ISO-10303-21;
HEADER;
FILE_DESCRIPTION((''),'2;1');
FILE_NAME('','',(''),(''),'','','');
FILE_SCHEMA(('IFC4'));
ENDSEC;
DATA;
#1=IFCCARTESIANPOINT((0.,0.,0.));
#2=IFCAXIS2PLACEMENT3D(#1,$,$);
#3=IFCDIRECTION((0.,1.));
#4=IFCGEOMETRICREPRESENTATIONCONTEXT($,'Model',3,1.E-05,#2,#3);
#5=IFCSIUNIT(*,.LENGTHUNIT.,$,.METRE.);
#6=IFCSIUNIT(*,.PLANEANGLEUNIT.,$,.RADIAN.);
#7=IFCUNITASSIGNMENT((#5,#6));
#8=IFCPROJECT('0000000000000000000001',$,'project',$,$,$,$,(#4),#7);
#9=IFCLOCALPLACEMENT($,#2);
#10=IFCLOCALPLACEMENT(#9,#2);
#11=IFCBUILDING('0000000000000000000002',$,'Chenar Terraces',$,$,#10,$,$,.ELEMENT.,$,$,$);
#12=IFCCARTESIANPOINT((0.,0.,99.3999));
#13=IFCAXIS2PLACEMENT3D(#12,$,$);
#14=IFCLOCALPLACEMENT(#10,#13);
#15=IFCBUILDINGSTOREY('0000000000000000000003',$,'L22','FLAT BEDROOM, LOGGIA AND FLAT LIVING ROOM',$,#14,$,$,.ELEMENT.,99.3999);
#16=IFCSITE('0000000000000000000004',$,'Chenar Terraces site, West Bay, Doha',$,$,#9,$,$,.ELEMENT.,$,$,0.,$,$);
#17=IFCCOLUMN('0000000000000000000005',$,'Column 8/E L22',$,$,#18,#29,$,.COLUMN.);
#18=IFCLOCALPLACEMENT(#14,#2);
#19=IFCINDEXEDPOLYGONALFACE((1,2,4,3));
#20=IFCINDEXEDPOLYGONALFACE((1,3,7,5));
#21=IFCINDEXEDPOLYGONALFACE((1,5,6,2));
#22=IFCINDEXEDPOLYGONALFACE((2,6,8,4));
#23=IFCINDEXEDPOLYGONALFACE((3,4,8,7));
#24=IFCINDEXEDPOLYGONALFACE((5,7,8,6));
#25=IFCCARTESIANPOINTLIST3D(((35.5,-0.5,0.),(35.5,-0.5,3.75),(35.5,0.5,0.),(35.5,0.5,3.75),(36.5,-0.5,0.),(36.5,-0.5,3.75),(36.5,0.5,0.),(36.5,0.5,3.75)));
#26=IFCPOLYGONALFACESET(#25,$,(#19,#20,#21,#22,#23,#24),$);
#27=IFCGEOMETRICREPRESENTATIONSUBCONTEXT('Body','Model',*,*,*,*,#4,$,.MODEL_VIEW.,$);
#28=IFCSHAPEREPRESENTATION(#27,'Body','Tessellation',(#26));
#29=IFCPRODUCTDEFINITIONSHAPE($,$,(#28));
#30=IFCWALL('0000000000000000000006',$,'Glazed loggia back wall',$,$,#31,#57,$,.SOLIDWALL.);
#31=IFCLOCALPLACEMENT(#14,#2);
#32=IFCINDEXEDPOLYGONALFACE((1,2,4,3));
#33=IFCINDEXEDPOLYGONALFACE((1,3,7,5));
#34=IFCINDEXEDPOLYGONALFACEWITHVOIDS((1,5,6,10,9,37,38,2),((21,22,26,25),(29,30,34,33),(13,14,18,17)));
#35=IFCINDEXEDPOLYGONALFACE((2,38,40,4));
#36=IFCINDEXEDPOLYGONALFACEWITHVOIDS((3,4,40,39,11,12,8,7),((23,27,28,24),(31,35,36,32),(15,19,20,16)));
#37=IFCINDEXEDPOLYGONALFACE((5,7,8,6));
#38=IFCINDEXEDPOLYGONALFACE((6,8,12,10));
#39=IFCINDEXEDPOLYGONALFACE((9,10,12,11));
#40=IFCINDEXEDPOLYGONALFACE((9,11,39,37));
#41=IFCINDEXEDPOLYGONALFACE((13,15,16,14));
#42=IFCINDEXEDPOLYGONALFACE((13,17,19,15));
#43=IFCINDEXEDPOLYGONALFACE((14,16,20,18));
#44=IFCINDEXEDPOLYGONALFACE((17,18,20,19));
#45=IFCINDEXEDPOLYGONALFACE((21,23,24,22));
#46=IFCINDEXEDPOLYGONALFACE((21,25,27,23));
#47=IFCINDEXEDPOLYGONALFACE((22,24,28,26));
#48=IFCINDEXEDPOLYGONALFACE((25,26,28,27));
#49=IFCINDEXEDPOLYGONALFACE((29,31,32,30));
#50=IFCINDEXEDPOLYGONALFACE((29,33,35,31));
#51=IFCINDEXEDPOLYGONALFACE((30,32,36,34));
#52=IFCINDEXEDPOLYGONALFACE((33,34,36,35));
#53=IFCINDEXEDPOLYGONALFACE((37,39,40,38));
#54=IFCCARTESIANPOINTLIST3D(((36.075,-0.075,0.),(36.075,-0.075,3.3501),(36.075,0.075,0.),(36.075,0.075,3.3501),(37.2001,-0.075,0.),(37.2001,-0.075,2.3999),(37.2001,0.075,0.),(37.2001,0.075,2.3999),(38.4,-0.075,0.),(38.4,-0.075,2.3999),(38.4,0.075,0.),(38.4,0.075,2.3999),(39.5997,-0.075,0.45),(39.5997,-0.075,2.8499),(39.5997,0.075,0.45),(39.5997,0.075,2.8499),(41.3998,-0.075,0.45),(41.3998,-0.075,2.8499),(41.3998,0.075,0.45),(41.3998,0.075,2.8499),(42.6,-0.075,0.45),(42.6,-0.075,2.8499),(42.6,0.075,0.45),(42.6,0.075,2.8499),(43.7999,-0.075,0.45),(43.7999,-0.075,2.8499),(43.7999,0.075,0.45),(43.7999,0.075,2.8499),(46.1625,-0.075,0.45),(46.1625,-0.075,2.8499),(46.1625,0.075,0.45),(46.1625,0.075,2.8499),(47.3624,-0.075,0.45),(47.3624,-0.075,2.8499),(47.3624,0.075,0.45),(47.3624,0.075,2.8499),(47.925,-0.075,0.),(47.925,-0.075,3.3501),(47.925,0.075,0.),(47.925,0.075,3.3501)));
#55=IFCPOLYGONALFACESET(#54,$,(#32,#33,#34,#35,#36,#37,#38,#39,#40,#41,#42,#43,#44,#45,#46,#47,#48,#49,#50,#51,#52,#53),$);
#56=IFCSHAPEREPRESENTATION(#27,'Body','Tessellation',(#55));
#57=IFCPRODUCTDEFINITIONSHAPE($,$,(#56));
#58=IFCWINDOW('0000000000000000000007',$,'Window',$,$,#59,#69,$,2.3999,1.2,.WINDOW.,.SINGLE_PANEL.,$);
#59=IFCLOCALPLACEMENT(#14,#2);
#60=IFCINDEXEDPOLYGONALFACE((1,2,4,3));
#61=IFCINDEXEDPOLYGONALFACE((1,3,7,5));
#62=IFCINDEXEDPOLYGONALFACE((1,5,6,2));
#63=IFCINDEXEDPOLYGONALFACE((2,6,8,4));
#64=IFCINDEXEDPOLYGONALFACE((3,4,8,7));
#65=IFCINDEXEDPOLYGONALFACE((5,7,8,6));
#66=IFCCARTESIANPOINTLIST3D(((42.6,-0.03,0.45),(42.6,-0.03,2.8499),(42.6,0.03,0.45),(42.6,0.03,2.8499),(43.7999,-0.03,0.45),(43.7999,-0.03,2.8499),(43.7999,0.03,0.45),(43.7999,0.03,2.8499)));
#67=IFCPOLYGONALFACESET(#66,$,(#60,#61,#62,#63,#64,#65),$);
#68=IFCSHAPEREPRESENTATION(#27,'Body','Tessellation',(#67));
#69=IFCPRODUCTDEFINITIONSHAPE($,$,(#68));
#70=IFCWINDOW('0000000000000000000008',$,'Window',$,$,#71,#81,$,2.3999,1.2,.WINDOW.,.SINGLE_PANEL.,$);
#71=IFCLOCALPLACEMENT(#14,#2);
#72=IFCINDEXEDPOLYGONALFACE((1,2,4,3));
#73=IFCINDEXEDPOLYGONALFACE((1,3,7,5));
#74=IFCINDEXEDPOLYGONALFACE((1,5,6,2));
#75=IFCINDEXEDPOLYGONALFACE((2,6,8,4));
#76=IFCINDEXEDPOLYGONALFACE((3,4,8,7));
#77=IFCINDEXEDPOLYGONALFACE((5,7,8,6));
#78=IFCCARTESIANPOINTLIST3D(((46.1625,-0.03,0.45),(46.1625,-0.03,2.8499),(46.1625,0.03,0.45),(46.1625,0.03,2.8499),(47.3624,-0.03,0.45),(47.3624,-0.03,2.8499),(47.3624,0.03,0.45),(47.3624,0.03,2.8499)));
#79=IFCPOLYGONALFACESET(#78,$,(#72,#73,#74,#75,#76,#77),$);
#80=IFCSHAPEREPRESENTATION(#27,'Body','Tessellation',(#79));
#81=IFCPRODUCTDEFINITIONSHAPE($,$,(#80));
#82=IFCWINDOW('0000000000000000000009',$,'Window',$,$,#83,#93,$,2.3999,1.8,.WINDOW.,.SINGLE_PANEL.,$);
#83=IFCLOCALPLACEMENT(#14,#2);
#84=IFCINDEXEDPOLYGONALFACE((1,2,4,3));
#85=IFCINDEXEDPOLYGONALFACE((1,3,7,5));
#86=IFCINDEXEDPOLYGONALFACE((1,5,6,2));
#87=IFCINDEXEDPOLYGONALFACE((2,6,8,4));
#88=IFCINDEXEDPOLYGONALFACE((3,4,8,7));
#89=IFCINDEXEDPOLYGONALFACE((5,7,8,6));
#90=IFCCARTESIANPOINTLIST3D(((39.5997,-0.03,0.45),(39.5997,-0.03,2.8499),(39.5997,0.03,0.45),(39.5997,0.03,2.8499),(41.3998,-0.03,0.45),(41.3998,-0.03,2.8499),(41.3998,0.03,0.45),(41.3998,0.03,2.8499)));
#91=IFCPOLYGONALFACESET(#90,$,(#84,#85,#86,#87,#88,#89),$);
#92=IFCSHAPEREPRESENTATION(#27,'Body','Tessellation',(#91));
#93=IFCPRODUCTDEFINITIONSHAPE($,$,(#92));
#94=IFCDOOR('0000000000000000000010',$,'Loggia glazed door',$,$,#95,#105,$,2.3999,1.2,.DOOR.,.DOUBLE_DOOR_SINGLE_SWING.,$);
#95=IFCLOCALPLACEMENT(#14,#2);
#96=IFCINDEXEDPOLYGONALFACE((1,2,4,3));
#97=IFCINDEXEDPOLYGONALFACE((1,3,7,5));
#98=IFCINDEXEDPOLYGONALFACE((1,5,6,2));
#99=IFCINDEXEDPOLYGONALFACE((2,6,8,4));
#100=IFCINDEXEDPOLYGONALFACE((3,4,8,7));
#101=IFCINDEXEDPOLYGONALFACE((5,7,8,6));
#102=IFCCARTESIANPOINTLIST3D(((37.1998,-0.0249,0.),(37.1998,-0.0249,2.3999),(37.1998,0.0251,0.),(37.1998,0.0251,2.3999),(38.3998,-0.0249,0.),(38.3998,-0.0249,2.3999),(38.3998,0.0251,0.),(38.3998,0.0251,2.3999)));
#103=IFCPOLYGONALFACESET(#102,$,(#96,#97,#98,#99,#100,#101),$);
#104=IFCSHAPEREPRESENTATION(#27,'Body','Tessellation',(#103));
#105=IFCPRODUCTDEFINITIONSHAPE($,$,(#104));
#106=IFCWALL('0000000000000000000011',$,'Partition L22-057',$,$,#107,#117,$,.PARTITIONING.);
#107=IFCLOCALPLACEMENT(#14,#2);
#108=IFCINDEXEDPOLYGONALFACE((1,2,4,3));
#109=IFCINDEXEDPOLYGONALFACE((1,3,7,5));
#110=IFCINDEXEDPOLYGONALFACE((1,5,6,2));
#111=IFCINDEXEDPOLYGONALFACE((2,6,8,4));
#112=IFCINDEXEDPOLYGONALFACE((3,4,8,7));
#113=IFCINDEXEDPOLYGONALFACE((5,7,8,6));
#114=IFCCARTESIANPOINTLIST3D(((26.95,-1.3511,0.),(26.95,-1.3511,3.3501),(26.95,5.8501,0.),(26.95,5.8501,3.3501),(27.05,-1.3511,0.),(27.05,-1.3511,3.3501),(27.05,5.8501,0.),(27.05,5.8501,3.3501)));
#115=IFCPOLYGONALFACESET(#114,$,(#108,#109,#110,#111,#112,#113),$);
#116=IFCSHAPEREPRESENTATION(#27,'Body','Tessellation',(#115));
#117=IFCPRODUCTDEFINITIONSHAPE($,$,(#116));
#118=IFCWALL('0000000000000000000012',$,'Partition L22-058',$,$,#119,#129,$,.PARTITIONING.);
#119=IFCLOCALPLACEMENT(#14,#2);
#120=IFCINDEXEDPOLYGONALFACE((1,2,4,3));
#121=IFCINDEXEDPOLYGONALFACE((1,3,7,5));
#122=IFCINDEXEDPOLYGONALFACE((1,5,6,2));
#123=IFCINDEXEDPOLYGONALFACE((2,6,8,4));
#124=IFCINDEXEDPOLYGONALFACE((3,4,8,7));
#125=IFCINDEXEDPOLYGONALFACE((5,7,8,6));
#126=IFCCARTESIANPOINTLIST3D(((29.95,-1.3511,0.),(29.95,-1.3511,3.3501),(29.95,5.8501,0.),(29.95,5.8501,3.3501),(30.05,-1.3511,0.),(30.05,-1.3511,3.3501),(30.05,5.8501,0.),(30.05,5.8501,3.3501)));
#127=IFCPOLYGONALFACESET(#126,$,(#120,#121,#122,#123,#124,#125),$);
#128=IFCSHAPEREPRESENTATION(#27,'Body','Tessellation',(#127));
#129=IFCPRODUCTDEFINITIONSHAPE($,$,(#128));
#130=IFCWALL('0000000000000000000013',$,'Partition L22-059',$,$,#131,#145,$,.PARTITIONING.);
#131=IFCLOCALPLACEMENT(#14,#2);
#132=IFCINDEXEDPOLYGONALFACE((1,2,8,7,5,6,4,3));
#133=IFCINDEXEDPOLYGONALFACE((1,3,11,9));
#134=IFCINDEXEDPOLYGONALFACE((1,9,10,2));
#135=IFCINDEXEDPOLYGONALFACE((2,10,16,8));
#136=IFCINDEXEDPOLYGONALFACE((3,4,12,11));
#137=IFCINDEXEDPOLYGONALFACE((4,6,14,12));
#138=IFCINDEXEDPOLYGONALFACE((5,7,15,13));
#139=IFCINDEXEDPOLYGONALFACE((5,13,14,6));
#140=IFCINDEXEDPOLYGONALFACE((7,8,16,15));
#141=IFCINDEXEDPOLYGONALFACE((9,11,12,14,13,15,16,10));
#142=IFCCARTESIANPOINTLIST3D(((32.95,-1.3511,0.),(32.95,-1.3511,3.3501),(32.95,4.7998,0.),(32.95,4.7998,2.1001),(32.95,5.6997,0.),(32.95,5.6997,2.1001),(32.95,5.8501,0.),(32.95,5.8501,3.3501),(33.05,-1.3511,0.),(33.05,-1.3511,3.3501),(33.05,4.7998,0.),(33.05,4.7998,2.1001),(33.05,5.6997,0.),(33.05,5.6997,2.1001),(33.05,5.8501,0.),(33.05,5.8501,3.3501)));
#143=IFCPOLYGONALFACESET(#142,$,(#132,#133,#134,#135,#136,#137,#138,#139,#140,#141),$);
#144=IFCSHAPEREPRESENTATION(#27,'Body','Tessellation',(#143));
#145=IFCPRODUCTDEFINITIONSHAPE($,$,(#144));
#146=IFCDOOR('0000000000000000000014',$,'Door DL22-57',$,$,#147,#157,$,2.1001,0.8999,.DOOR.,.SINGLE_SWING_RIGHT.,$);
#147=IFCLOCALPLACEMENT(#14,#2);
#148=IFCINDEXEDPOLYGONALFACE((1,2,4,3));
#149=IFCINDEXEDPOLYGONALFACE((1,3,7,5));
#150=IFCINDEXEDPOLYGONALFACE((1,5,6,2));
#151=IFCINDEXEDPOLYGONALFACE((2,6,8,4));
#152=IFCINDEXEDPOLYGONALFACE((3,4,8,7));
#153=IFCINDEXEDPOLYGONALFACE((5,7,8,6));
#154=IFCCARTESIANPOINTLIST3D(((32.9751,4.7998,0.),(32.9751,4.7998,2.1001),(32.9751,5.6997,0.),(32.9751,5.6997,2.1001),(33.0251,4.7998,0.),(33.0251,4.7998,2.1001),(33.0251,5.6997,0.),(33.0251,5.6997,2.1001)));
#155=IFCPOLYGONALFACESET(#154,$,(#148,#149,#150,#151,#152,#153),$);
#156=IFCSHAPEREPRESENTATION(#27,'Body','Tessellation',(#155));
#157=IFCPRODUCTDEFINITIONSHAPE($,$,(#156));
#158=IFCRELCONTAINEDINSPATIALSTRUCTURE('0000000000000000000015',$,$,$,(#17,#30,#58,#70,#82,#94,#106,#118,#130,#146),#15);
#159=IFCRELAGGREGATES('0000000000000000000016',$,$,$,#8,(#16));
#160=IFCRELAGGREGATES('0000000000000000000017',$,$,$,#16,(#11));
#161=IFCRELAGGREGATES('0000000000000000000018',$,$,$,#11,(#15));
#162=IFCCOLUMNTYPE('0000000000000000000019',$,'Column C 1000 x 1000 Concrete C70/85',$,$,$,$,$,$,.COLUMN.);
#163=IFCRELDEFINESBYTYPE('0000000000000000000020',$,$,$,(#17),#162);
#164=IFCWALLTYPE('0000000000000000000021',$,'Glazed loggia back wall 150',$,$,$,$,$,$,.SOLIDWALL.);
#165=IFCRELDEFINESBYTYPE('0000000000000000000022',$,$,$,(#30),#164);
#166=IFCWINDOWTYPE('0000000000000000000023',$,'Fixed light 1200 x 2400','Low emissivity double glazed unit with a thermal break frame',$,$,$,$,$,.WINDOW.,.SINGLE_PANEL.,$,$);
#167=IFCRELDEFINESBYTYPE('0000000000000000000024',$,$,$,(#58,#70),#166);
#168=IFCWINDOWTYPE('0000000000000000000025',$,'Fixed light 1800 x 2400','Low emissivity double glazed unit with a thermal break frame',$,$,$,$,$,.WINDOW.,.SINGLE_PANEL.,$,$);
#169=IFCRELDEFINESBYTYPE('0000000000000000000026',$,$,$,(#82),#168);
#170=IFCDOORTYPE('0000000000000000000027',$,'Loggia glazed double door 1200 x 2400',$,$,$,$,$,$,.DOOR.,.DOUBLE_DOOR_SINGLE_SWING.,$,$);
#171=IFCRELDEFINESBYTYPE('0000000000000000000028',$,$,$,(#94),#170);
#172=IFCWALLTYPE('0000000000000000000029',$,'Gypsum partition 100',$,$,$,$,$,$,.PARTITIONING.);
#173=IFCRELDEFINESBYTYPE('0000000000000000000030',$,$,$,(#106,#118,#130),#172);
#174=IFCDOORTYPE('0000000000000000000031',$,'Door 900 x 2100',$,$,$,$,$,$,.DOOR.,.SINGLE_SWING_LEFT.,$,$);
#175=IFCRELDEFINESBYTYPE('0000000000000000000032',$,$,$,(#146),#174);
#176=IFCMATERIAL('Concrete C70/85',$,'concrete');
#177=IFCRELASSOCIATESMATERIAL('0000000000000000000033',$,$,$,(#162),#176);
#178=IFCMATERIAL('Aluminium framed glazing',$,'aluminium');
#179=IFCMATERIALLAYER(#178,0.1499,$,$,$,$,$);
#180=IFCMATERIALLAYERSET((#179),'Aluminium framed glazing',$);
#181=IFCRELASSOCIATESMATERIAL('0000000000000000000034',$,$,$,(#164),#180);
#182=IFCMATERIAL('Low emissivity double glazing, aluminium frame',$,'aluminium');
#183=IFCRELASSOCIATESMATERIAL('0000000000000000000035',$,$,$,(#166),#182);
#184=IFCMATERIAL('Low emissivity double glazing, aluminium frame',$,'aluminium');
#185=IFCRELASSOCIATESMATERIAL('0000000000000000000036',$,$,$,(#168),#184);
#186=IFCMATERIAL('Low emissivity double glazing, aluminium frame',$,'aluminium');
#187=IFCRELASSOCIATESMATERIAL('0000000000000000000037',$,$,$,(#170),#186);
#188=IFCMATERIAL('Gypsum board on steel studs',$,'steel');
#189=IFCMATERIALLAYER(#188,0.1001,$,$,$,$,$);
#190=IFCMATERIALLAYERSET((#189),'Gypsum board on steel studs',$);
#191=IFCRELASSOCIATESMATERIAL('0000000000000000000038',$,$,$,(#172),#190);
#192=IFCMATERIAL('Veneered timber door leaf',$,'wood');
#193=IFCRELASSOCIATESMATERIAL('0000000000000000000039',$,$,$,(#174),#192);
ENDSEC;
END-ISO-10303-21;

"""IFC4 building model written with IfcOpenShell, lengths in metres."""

from ifc_helpers import new_model, si_unit, direction, frame, frame_2d, origin, origin_2d, place, context, subcontext, project, spatial, rectangle, extrude, material, layer, layer_set, material_profile, profile_set, type_object, element, fill, save


model = new_model("IFC4")

# Units and contexts
model_context = context("Model", 3, precision=1e-05, world=origin(), true_north=direction((0.0, 1.0)))
body_context = subcontext(model_context, "Body", "Model", "MODEL_VIEW")
ifc_project = project(units=[si_unit("LENGTHUNIT", "METRE"), si_unit("PLANEANGLEUNIT", "RADIAN")], contexts=[model_context])

# Site, building, storey
site_placement = place(None, origin())
site = spatial("IfcSite", under=ifc_project, at=site_placement, Name="Chenar Terraces site, West Bay, Doha", CompositionType="ELEMENT", RefElevation=0.0)
building_placement = place(site_placement, origin())
building = spatial("IfcBuilding", under=site, at=building_placement, Name="Chenar Terraces", CompositionType="ELEMENT")
storey_placement = place(building_placement, frame((0.0, 0.0, 99.3999)))
storey = spatial("IfcBuildingStorey", under=building, at=storey_placement, Name="L22", Description="FLAT BEDROOM, LOGGIA AND FLAT LIVING ROOM", CompositionType="ELEMENT", Elevation=99.3999)

# Column
ifc_material_1 = material(Name="Concrete C70/85", Category="concrete")
ifc_material_profile_1 = material_profile(ifc_material_1, rectangle(XDim=1.0, YDim=1.0, at=origin_2d()), Name="C 1000 x 1000")
ifc_profile_set_1 = profile_set([ifc_material_profile_1], Name="Concrete C70/85")
column_type = type_object("IfcColumnType", Name="Column C 1000 x 1000 Concrete C70/85", PredefinedType="COLUMN", material=ifc_profile_set_1)
column_placement = place(storey_placement, frame((36.0, 0.0, 0.0), z_axis=(0.0, 0.0, 1.0), x_axis=(1.0, 0.0, 0.0)))
element("IfcColumn", 1, at=column_placement, inside=storey, type_object=column_type, Name="Column 8/E L22", PredefinedType="COLUMN", context=body_context, shape_type="SweptSolid", body=[
    extrude(rectangle(XDim=1.0, YDim=1.0, at=origin_2d()), origin(), (0.0, 0.0, 1.0), 3.75),
])

# Wall, openings, windows, door
ifc_material_2 = material(Name="Aluminium framed glazing", Category="aluminium")
ifc_layer_1 = layer(ifc_material_2, 0.1499)
ifc_layer_set_1 = layer_set([ifc_layer_1], Name="Aluminium framed glazing")
wall_type_1 = type_object("IfcWallType", Name="Glazed loggia back wall 150", PredefinedType="SOLIDWALL", material=ifc_layer_set_1)
wall_1_placement = place(storey_placement, frame((36.075, 0.0, 0.0), z_axis=(0.0, 0.0, 1.0), x_axis=(1.0, 0.0, 0.0)))
wall_1 = element("IfcWall", 2, at=wall_1_placement, inside=storey, type_object=wall_type_1, Name="Glazed loggia back wall", PredefinedType="SOLIDWALL", context=body_context, shape_type="SweptSolid", body=[
    extrude(rectangle(XDim=11.8501, YDim=0.1499, at=frame_2d((5.925, 0.0))), origin(), (0.0, 0.0, 1.0), 3.3501),
])
opening_1_placement = place(wall_1_placement, frame((1.125, 0.0, 0.0)))
opening_1 = element("IfcOpeningElement", 3, at=opening_1_placement, cuts=wall_1, PredefinedType="OPENING", context=body_context, shape_type="SweptSolid", body=[
    extrude(rectangle(XDim=1.2, YDim=2.3999, at=frame_2d((0.6001, 1.2))), frame((0.0, 0.085, 0.0), z_axis=(0.0, -1.0, 0.0), x_axis=(1.0, 0.0, 0.0)), (0.0, 0.0, 1.0), 0.1699),
])
opening_2_placement = place(wall_1_placement, frame((3.5249, 0.0, 0.45)))
opening_2 = element("IfcOpeningElement", 4, at=opening_2_placement, cuts=wall_1, PredefinedType="OPENING", context=body_context, shape_type="SweptSolid", body=[
    extrude(rectangle(XDim=1.8, YDim=2.3999, at=frame_2d((0.8999, 1.2))), frame((0.0, 0.085, 0.0), z_axis=(0.0, -1.0, 0.0), x_axis=(1.0, 0.0, 0.0)), (0.0, 0.0, 1.0), 0.1699),
])
opening_3_placement = place(wall_1_placement, frame((6.5249, 0.0, 0.45)))
opening_3 = element("IfcOpeningElement", 5, at=opening_3_placement, cuts=wall_1, PredefinedType="OPENING", context=body_context, shape_type="SweptSolid", body=[
    extrude(rectangle(XDim=1.2, YDim=2.3999, at=frame_2d((0.6001, 1.2))), frame((0.0, 0.085, 0.0), z_axis=(0.0, -1.0, 0.0), x_axis=(1.0, 0.0, 0.0)), (0.0, 0.0, 1.0), 0.1699),
])
opening_4_placement = place(wall_1_placement, frame((10.0874, 0.0, 0.45)))
opening_4 = element("IfcOpeningElement", 6, at=opening_4_placement, cuts=wall_1, PredefinedType="OPENING", context=body_context, shape_type="SweptSolid", body=[
    extrude(rectangle(XDim=1.2, YDim=2.3999, at=frame_2d((0.6001, 1.2))), frame((0.0, 0.085, 0.0), z_axis=(0.0, -1.0, 0.0), x_axis=(1.0, 0.0, 0.0)), (0.0, 0.0, 1.0), 0.1699),
])
ifc_material_3 = material(Name="Low emissivity double glazing, aluminium frame", Category="aluminium")
window_type_1 = type_object("IfcWindowType", Name="Fixed light 1200 x 2400", Description="Low emissivity double glazed unit with a thermal break frame", PartitioningType="SINGLE_PANEL", PredefinedType="WINDOW", material=ifc_material_3)
window_1_placement = place(opening_3_placement, origin())
window_1 = element("IfcWindow", 7, at=window_1_placement, inside=storey, type_object=window_type_1, Name="Window", OverallHeight=2.3999, OverallWidth=1.2, PartitioningType="SINGLE_PANEL", PredefinedType="WINDOW", context=body_context, shape_type="SweptSolid", body=[
    extrude(rectangle(XDim=1.2, YDim=2.3999, at=frame_2d((0.6001, 1.2))), frame((0.0, 0.03, 0.0), z_axis=(0.0, -1.0, 0.0), x_axis=(1.0, 0.0, 0.0)), (0.0, 0.0, 1.0), 0.0601),
])
fill(opening_3, window_1)
window_2_placement = place(opening_4_placement, origin())
window_2 = element("IfcWindow", 8, at=window_2_placement, inside=storey, type_object=window_type_1, Name="Window", OverallHeight=2.3999, OverallWidth=1.2, PartitioningType="SINGLE_PANEL", PredefinedType="WINDOW", context=body_context, shape_type="SweptSolid", body=[
    extrude(rectangle(XDim=1.2, YDim=2.3999, at=frame_2d((0.6001, 1.2))), frame((0.0, 0.03, 0.0), z_axis=(0.0, -1.0, 0.0), x_axis=(1.0, 0.0, 0.0)), (0.0, 0.0, 1.0), 0.0601),
])
fill(opening_4, window_2)
ifc_material_4 = material(Name="Low emissivity double glazing, aluminium frame", Category="aluminium")
window_type_2 = type_object("IfcWindowType", Name="Fixed light 1800 x 2400", Description="Low emissivity double glazed unit with a thermal break frame", PartitioningType="SINGLE_PANEL", PredefinedType="WINDOW", material=ifc_material_4)
window_3_placement = place(opening_2_placement, origin())
window_3 = element("IfcWindow", 9, at=window_3_placement, inside=storey, type_object=window_type_2, Name="Window", OverallHeight=2.3999, OverallWidth=1.8, PartitioningType="SINGLE_PANEL", PredefinedType="WINDOW", context=body_context, shape_type="SweptSolid", body=[
    extrude(rectangle(XDim=1.8, YDim=2.3999, at=frame_2d((0.8999, 1.2))), frame((0.0, 0.03, 0.0), z_axis=(0.0, -1.0, 0.0), x_axis=(1.0, 0.0, 0.0)), (0.0, 0.0, 1.0), 0.0601),
])
fill(opening_2, window_3)
ifc_material_5 = material(Name="Low emissivity double glazing, aluminium frame", Category="aluminium")
door_type_1 = type_object("IfcDoorType", Name="Loggia glazed double door 1200 x 2400", OperationType="DOUBLE_DOOR_SINGLE_SWING", PredefinedType="DOOR", material=ifc_material_5)
door_1_placement = place(opening_1_placement, frame((1.2, 0.0, 0.0), z_axis=(0.0, 0.0, 1.0), x_axis=(-1.0, 0.0, 0.0)))
door_1 = element("IfcDoor", 10, at=door_1_placement, inside=storey, type_object=door_type_1, Name="Loggia glazed door", OperationType="DOUBLE_DOOR_SINGLE_SWING", OverallHeight=2.3999, OverallWidth=1.2, PredefinedType="DOOR", context=body_context, shape_type="SweptSolid", body=[
    extrude(rectangle(XDim=1.2, YDim=2.3999, at=frame_2d((0.6001, 1.2))), frame((0.0, 0.0249, 0.0), z_axis=(0.0, -1.0, 0.0), x_axis=(1.0, 0.0, 0.0)), (0.0, 0.0, 1.0), 0.05),
])
fill(opening_1, door_1)

# Walls
ifc_material_6 = material(Name="Gypsum board on steel studs", Category="steel")
ifc_layer_2 = layer(ifc_material_6, 0.1001)
ifc_layer_set_2 = layer_set([ifc_layer_2], Name="Gypsum board on steel studs")
wall_type_2 = type_object("IfcWallType", Name="Gypsum partition 100", PredefinedType="PARTITIONING", material=ifc_layer_set_2)
for number, where, z_axis, x_axis, name in (
    (11, (27.0, -1.3511, 0.0), (0.0, 0.0, 1.0), (0.0, 1.0, 0.0), "Partition L22-057"),
    (12, (30.0, -1.3511, 0.0), (0.0, 0.0, 1.0), (0.0, 1.0, 0.0), "Partition L22-058"),
):
    element("IfcWall", number, at=place(storey_placement, frame(where, z_axis=z_axis, x_axis=x_axis)), inside=storey, type_object=wall_type_2, Name=name, PredefinedType="PARTITIONING", context=body_context, shape_type="SweptSolid", body=[
        extrude(rectangle(XDim=7.2012, YDim=0.1001, at=frame_2d((3.6006, 0.0))), origin(), (0.0, 0.0, 1.0), 3.3501),
    ])

# Wall, opening, door
wall_2_placement = place(storey_placement, frame((33.0, -1.3511, 0.0), z_axis=(0.0, 0.0, 1.0), x_axis=(0.0, 1.0, 0.0)))
wall_2 = element("IfcWall", 13, at=wall_2_placement, inside=storey, type_object=wall_type_2, Name="Partition L22-059", PredefinedType="PARTITIONING", context=body_context, shape_type="SweptSolid", body=[
    extrude(rectangle(XDim=7.2012, YDim=0.1001, at=frame_2d((3.6006, 0.0))), origin(), (0.0, 0.0, 1.0), 3.3501),
])
opening_5_placement = place(wall_2_placement, frame((6.1509, 0.0, 0.0)))
opening_5 = element("IfcOpeningElement", 14, at=opening_5_placement, cuts=wall_2, PredefinedType="OPENING", context=body_context, shape_type="SweptSolid", body=[
    extrude(rectangle(XDim=0.8999, YDim=2.1001, at=frame_2d((0.45, 1.05))), frame((0.0, 0.0601, 0.0), z_axis=(0.0, -1.0, 0.0), x_axis=(1.0, 0.0, 0.0)), (0.0, 0.0, 1.0), 0.1201),
])
ifc_material_7 = material(Name="Veneered timber door leaf", Category="wood")
door_type_2 = type_object("IfcDoorType", Name="Door 900 x 2100", OperationType="SINGLE_SWING_LEFT", PredefinedType="DOOR", material=ifc_material_7)
door_2_placement = place(opening_5_placement, origin())
door_2 = element("IfcDoor", 15, at=door_2_placement, inside=storey, type_object=door_type_2, Name="Door DL22-57", OperationType="SINGLE_SWING_RIGHT", OverallHeight=2.1001, OverallWidth=0.8999, PredefinedType="DOOR", context=body_context, shape_type="SweptSolid", body=[
    extrude(rectangle(XDim=0.8999, YDim=2.1001, at=frame_2d((0.45, 1.05))), frame((0.0, 0.0249, 0.0), z_axis=(0.0, -1.0, 0.0), x_axis=(1.0, 0.0, 0.0)), (0.0, 0.0, 1.0), 0.05),
])
fill(opening_5, door_2)

save(model, "model.ifc")
